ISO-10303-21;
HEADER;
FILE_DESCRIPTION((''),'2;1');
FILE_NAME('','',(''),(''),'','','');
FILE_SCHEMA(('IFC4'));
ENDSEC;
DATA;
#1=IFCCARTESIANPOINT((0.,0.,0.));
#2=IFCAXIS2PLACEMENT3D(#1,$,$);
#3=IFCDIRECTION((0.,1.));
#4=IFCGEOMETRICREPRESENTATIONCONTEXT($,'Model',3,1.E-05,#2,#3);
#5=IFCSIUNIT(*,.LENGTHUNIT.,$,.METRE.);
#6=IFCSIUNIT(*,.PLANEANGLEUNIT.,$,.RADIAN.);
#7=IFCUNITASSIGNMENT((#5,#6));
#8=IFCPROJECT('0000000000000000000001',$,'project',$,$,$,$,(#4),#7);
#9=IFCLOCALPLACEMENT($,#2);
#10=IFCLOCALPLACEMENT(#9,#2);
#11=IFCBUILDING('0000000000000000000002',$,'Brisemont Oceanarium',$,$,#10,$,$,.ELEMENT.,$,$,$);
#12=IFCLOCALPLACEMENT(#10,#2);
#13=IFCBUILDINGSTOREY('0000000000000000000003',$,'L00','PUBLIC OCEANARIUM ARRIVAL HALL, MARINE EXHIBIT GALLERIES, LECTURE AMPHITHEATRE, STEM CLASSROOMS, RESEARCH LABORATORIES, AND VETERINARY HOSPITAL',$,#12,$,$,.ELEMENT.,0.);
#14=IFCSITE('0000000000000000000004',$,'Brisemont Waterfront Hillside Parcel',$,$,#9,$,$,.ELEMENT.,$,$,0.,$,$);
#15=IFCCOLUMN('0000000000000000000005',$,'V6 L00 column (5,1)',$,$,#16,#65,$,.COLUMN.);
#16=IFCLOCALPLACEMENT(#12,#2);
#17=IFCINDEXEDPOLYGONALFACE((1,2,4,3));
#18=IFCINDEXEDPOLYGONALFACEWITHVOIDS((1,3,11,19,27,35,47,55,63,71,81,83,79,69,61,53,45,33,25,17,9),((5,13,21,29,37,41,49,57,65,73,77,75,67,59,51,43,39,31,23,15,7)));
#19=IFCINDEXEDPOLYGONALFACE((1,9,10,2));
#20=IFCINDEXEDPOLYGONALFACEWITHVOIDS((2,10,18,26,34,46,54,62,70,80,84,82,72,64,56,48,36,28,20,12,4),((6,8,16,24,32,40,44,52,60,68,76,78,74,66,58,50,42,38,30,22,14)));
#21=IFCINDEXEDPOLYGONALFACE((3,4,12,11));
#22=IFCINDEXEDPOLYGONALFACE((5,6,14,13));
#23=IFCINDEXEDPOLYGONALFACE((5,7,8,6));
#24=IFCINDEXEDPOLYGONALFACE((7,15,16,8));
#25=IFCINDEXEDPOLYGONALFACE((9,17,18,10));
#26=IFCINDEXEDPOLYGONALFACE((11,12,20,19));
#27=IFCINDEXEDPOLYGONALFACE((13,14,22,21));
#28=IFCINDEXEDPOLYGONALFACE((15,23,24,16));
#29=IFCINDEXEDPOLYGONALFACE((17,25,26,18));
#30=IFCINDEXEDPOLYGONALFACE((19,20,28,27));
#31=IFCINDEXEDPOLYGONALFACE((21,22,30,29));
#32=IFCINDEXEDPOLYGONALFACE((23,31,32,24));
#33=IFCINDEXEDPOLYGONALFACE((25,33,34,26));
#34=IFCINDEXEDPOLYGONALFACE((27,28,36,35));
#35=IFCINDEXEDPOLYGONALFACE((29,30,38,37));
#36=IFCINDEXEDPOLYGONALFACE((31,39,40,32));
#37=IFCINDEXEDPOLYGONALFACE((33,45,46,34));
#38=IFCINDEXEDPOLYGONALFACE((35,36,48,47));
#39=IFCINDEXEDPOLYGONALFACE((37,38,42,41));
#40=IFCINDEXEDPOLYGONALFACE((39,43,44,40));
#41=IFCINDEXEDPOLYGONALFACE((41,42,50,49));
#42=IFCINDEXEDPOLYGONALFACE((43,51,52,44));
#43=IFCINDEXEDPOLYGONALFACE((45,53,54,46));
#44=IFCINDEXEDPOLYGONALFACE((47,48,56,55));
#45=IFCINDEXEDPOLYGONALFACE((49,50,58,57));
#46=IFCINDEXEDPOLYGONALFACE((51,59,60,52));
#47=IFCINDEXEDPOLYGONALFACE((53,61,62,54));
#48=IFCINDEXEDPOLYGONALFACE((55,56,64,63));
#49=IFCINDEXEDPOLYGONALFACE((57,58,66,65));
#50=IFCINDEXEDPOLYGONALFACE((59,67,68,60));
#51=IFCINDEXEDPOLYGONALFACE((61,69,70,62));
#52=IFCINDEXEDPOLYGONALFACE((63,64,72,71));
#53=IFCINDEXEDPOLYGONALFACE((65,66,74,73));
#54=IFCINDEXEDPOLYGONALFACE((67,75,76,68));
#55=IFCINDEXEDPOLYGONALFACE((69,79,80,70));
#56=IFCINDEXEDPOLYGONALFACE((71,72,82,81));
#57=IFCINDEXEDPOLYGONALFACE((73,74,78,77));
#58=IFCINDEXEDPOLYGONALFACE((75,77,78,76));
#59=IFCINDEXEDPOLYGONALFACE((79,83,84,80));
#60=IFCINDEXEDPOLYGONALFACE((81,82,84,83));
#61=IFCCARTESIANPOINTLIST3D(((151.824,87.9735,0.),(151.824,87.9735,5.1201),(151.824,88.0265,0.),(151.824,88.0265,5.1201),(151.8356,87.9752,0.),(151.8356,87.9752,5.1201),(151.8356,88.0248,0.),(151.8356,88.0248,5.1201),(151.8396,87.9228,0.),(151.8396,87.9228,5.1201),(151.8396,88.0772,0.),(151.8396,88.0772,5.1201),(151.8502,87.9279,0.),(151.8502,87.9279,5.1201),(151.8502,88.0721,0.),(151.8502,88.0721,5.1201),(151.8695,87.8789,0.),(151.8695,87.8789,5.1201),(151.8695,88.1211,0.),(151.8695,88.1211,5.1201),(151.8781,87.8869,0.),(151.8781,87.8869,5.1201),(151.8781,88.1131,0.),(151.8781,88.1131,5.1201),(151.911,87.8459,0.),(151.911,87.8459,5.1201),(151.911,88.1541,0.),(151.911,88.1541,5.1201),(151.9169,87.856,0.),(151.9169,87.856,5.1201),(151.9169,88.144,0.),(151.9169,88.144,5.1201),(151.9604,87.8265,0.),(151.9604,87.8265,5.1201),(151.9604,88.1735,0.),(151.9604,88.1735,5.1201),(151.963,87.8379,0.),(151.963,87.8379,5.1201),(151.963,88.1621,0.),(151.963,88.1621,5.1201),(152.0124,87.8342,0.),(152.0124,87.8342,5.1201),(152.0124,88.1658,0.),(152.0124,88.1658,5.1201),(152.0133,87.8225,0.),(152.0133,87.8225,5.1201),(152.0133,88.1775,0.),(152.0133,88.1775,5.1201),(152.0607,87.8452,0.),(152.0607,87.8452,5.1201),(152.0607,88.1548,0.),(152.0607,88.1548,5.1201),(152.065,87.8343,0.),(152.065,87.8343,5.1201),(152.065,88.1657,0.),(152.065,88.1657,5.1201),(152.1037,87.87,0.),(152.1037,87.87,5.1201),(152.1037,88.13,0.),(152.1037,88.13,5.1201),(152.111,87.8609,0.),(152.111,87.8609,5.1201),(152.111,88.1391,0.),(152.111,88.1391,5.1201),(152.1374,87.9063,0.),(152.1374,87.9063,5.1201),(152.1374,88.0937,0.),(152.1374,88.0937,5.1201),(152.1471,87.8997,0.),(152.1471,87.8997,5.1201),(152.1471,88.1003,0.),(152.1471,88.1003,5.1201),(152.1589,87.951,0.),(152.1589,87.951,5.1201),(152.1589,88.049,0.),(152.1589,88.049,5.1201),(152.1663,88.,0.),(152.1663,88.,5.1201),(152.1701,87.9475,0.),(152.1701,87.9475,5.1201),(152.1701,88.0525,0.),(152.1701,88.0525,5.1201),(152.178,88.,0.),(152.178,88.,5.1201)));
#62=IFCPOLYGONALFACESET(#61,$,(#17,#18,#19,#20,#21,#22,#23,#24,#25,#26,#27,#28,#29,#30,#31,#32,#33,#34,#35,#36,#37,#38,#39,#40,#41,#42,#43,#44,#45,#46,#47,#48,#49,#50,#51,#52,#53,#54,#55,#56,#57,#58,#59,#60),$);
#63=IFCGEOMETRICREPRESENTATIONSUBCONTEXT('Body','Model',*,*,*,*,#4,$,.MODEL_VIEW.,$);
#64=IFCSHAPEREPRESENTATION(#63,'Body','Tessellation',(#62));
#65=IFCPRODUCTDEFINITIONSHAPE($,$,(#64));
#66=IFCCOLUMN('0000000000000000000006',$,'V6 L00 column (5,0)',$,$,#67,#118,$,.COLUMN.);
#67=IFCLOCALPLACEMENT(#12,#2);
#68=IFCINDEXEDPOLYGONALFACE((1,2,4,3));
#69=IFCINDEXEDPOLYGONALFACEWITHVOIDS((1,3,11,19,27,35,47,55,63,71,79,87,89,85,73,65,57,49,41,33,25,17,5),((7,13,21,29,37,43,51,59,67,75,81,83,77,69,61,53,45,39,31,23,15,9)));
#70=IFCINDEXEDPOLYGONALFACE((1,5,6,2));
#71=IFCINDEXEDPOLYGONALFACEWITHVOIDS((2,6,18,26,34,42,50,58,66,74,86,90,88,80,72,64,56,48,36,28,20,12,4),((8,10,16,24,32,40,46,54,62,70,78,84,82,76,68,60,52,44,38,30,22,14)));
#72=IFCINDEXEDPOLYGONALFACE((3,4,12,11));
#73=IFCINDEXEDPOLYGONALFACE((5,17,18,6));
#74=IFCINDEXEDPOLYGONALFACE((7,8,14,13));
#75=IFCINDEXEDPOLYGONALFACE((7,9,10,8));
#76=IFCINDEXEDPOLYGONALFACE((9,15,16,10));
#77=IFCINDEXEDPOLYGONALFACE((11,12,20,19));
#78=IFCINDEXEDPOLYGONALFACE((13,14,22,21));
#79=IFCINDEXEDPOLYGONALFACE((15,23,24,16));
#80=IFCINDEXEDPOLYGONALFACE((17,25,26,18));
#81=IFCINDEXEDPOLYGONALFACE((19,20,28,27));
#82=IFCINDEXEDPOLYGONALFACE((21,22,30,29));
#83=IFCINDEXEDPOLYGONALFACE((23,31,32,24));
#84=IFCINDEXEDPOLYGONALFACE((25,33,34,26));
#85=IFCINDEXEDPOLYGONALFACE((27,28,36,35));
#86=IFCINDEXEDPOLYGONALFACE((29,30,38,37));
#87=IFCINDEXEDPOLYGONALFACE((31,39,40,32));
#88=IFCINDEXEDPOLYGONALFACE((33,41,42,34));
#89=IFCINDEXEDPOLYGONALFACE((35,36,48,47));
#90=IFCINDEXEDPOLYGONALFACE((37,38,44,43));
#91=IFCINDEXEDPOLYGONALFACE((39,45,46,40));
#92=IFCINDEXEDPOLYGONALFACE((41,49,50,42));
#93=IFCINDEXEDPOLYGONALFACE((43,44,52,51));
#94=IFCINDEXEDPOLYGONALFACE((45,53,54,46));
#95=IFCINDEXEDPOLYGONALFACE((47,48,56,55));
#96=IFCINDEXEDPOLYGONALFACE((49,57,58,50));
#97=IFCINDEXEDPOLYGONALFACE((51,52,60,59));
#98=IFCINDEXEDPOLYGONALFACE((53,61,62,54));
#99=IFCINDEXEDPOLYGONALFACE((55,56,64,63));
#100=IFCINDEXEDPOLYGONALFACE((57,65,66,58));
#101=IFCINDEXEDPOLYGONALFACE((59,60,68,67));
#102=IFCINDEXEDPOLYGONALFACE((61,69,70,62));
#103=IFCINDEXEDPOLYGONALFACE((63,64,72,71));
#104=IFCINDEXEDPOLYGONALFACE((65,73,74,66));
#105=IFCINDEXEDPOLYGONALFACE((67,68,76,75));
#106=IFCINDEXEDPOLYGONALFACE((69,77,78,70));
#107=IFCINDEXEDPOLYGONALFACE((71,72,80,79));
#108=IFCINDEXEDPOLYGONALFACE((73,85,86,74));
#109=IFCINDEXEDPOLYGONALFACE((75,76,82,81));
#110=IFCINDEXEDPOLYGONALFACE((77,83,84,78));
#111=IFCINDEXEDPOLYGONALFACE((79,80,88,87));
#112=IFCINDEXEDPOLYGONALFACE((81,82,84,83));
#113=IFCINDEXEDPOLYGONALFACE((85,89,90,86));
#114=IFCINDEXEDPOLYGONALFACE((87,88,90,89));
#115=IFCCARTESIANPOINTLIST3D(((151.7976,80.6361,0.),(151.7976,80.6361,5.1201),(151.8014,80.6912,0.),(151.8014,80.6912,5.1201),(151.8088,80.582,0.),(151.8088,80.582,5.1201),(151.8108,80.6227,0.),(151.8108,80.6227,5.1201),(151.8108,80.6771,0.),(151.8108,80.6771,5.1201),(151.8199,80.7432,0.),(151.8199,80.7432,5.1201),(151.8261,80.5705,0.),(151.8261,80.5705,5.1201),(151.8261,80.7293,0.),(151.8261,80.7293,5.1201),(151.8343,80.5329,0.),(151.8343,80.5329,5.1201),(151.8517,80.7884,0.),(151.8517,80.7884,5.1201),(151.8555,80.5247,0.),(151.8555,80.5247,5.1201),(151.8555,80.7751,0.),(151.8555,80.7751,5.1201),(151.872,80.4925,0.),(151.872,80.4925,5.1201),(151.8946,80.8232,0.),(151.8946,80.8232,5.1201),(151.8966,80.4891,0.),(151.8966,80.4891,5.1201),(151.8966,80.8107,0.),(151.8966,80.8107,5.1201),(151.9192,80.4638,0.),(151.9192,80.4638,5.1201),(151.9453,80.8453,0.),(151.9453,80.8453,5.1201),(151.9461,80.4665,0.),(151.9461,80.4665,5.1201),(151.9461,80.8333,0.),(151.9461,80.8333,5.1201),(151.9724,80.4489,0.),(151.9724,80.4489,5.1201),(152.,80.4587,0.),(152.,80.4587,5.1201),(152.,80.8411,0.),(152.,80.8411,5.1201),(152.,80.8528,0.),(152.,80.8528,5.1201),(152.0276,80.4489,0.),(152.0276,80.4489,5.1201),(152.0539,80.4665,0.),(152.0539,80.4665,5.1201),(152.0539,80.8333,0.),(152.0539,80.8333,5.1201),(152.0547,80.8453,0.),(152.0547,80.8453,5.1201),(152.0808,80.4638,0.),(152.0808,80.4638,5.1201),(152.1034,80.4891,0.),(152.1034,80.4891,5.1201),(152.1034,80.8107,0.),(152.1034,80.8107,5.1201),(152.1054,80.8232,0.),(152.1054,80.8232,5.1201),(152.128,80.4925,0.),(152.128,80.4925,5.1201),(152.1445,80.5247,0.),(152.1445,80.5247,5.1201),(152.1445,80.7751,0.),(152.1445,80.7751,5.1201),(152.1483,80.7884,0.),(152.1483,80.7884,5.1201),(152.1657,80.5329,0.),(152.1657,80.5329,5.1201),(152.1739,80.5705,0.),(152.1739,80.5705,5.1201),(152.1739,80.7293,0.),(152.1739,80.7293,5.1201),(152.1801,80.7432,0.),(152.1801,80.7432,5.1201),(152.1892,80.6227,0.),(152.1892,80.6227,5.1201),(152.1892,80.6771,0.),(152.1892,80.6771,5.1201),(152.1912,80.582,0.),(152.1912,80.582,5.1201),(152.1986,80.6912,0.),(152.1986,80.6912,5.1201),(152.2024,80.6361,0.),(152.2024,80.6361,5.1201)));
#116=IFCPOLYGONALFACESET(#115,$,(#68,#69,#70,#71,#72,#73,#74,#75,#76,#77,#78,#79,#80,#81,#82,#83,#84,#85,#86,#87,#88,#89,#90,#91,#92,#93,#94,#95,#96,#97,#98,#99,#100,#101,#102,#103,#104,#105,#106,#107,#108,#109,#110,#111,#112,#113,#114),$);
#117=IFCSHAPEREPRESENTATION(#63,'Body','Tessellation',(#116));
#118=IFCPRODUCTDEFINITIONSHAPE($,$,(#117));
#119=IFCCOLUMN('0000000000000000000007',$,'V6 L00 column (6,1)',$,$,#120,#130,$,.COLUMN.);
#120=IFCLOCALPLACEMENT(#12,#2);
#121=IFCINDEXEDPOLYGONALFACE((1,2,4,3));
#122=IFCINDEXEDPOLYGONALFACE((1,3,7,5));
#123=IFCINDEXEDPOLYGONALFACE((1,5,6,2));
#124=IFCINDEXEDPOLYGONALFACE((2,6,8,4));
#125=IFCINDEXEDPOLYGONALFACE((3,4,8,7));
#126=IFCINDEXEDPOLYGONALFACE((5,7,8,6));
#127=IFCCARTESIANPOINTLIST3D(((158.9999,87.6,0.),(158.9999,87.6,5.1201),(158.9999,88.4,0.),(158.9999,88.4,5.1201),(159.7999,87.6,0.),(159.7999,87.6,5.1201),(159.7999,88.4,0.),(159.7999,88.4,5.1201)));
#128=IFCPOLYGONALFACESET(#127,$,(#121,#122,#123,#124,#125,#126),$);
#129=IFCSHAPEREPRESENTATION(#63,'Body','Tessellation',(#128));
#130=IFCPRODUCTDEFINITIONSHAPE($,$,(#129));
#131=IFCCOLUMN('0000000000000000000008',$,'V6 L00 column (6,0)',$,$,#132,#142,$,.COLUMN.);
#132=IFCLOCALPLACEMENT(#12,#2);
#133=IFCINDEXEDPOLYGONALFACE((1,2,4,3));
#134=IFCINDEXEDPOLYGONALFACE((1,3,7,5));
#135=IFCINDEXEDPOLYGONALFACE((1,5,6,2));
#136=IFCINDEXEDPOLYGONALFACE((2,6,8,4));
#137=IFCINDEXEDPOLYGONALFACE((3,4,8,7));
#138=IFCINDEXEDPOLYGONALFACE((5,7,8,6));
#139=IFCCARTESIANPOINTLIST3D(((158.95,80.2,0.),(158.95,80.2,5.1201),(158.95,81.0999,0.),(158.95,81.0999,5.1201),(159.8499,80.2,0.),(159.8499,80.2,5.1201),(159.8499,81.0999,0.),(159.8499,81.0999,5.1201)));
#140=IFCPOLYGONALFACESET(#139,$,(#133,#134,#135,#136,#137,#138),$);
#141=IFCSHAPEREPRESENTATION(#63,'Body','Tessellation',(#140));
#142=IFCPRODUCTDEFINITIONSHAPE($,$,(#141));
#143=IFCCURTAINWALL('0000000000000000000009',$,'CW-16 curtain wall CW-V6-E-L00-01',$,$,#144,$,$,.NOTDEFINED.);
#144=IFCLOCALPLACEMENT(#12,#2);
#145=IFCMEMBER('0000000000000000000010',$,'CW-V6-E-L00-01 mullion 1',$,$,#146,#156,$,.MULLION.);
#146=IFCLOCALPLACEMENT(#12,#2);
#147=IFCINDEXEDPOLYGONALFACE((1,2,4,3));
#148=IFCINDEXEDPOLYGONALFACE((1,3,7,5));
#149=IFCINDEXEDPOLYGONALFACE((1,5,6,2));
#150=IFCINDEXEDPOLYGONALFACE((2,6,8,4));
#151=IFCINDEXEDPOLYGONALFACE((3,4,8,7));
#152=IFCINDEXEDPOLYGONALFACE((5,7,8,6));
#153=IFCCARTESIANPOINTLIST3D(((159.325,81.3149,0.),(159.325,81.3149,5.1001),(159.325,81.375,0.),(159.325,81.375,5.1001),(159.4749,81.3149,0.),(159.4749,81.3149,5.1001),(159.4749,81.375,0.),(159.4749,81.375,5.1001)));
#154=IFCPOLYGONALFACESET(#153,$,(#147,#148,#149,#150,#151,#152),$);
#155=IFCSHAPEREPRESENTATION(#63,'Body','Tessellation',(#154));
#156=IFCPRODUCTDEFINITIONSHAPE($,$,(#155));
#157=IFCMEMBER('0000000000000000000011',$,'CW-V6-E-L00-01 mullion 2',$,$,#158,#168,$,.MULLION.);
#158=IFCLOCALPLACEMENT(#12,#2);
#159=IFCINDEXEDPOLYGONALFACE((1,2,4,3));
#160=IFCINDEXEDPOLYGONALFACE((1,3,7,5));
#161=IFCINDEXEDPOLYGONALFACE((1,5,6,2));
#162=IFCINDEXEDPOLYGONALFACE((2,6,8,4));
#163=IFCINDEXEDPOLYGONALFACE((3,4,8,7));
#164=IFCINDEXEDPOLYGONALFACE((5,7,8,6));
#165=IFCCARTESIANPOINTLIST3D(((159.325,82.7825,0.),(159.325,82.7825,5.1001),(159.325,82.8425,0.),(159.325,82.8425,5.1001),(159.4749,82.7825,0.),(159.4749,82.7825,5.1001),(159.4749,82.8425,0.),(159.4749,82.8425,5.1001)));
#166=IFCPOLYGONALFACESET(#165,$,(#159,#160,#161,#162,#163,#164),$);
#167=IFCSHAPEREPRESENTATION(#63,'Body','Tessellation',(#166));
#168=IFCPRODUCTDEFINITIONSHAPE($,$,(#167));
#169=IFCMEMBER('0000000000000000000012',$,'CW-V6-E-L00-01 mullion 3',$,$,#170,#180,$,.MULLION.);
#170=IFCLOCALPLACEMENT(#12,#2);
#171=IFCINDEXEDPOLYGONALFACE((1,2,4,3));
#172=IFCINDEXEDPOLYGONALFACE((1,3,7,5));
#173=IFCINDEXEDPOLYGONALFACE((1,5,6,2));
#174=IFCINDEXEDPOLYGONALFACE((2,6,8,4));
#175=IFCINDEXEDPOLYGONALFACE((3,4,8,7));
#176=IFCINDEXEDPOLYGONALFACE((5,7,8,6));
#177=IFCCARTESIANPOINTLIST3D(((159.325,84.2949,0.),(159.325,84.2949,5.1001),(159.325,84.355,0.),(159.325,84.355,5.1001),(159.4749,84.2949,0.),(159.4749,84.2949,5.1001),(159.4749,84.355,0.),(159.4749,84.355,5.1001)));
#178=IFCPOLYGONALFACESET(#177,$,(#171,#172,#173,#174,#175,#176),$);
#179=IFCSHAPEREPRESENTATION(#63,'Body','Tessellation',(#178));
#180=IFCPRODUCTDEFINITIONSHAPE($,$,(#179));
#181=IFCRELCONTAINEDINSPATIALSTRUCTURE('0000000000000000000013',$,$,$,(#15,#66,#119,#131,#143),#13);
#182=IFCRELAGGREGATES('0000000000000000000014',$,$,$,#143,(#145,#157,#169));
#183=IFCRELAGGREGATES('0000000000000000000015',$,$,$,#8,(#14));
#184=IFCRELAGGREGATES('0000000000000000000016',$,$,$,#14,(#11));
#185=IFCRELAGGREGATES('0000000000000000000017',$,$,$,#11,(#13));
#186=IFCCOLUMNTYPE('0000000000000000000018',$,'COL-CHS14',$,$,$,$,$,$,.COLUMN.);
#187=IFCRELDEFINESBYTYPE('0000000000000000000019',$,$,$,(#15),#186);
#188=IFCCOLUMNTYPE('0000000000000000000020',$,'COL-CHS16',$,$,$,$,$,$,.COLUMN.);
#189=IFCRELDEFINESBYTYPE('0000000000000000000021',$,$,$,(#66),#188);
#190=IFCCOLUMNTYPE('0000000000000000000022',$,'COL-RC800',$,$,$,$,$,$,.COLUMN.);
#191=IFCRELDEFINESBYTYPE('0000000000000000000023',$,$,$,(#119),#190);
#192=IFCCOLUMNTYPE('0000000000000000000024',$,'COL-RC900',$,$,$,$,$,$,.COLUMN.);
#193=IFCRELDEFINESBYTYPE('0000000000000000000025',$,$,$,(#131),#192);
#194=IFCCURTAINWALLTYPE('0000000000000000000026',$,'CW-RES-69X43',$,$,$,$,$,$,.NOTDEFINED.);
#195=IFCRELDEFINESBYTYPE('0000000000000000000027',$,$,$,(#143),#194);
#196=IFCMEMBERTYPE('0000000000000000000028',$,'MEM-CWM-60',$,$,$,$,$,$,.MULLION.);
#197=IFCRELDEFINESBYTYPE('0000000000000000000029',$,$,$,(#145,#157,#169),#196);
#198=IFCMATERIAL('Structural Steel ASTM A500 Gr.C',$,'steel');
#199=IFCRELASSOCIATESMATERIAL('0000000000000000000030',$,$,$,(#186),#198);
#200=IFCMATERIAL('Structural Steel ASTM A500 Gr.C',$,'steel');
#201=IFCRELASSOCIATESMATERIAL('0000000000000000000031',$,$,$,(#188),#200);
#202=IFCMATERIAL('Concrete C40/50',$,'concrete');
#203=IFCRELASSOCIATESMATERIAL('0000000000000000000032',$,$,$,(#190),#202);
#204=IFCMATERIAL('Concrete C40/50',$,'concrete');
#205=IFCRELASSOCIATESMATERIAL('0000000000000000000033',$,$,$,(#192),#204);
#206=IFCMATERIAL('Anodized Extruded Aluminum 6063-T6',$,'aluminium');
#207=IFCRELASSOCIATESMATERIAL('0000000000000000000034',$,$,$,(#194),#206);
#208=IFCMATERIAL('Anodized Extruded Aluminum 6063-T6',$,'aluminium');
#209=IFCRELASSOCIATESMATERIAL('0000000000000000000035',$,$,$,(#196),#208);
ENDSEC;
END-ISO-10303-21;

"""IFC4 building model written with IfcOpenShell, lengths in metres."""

from ifc_helpers import new_model, si_unit, direction, frame, origin, origin_2d, place, context, subcontext, project, spatial, rectangle, hollow_circle, extrude, material, material_profile, profile_set, type_object, element, aggregate, save


model = new_model("IFC4")

# Units and contexts
model_context = context("Model", 3, precision=1e-05, world=origin(), true_north=direction((0.0, 1.0)))
body_context = subcontext(model_context, "Body", "Model", "MODEL_VIEW")
ifc_project = project(units=[si_unit("LENGTHUNIT", "METRE"), si_unit("PLANEANGLEUNIT", "RADIAN")], contexts=[model_context])

# Site, building, storey
site_placement = place(None, origin())
site = spatial("IfcSite", under=ifc_project, at=site_placement, Name="Brisemont Waterfront Hillside Parcel", CompositionType="ELEMENT", RefElevation=0.0)
building_placement = place(site_placement, origin())
building = spatial("IfcBuilding", under=site, at=building_placement, Name="Brisemont Oceanarium", CompositionType="ELEMENT")
storey_placement = place(building_placement, origin())
storey = spatial("IfcBuildingStorey", under=building, at=storey_placement, Name="L00", Description="PUBLIC OCEANARIUM ARRIVAL HALL, MARINE EXHIBIT GALLERIES, LECTURE AMPHITHEATRE, STEM CLASSROOMS, RESEARCH LABORATORIES, AND VETERINARY HOSPITAL", CompositionType="ELEMENT", Elevation=0.0)

# Columns
ifc_material_1 = material(Name="Structural Steel ASTM A500 Gr.C", Category="steel")
ifc_material_profile_1 = material_profile(ifc_material_1, hollow_circle(Radius=0.178, WallThickness=0.0117, at=origin_2d()), Name="HSS14.000X0.500")
ifc_profile_set_1 = profile_set([ifc_material_profile_1], Name="Structural Steel ASTM A500 Gr.C")
column_type_1 = type_object("IfcColumnType", Name="COL-CHS14", PredefinedType="COLUMN", material=ifc_profile_set_1)
column_1_placement = place(storey_placement, frame((152.0, 88.0, 0.0), z_axis=(0.0, 0.0, 1.0), x_axis=(1.0, 0.0, 0.0)))
element("IfcColumn", 1, at=column_1_placement, inside=storey, type_object=column_type_1, Name="V6 L00 column (5,1)", PredefinedType="COLUMN", context=body_context, shape_type="SweptSolid", body=[
    extrude(hollow_circle(Radius=0.178, WallThickness=0.0117, at=origin_2d()), origin(), (0.0, 0.0, 1.0), 5.1201),
])
ifc_material_2 = material(Name="Structural Steel ASTM A500 Gr.C", Category="steel")
ifc_material_profile_2 = material_profile(ifc_material_2, hollow_circle(Radius=0.2029, WallThickness=0.0117, at=origin_2d()), Name="HSS16.000X0.500")
ifc_profile_set_2 = profile_set([ifc_material_profile_2], Name="Structural Steel ASTM A500 Gr.C")
column_type_2 = type_object("IfcColumnType", Name="COL-CHS16", PredefinedType="COLUMN", material=ifc_profile_set_2)
column_2_placement = place(storey_placement, frame((152.0, 80.6499, 0.0), z_axis=(0.0, 0.0, 1.0), x_axis=(0.0, 1.0, 0.0)))
element("IfcColumn", 2, at=column_2_placement, inside=storey, type_object=column_type_2, Name="V6 L00 column (5,0)", PredefinedType="COLUMN", context=body_context, shape_type="SweptSolid", body=[
    extrude(hollow_circle(Radius=0.2029, WallThickness=0.0117, at=origin_2d()), origin(), (0.0, 0.0, 1.0), 5.1201),
])
ifc_material_3 = material(Name="Concrete C40/50", Category="concrete")
ifc_material_profile_3 = material_profile(ifc_material_3, rectangle(XDim=0.8, YDim=0.8, at=origin_2d()), Name="RC-COL-800X800")
ifc_profile_set_3 = profile_set([ifc_material_profile_3], Name="Concrete C40/50")
column_type_3 = type_object("IfcColumnType", Name="COL-RC800", PredefinedType="COLUMN", material=ifc_profile_set_3)
column_3_placement = place(storey_placement, frame((159.3999, 88.0, 0.0), z_axis=(0.0, 0.0, 1.0), x_axis=(0.0, 1.0, 0.0)))
element("IfcColumn", 3, at=column_3_placement, inside=storey, type_object=column_type_3, Name="V6 L00 column (6,1)", PredefinedType="COLUMN", context=body_context, shape_type="SweptSolid", body=[
    extrude(rectangle(XDim=0.8, YDim=0.8, at=origin_2d()), origin(), (0.0, 0.0, 1.0), 5.1201),
])
ifc_material_4 = material(Name="Concrete C40/50", Category="concrete")
ifc_material_profile_4 = material_profile(ifc_material_4, rectangle(XDim=0.8999, YDim=0.8999, at=origin_2d()), Name="RC-COL-900X900")
ifc_profile_set_4 = profile_set([ifc_material_profile_4], Name="Concrete C40/50")
column_type_4 = type_object("IfcColumnType", Name="COL-RC900", PredefinedType="COLUMN", material=ifc_profile_set_4)
column_4_placement = place(storey_placement, frame((159.3999, 80.6499, 0.0), z_axis=(0.0, 0.0, 1.0), x_axis=(1.0, 0.0, 0.0)))
element("IfcColumn", 4, at=column_4_placement, inside=storey, type_object=column_type_4, Name="V6 L00 column (6,0)", PredefinedType="COLUMN", context=body_context, shape_type="SweptSolid", body=[
    extrude(rectangle(XDim=0.8999, YDim=0.8999, at=origin_2d()), origin(), (0.0, 0.0, 1.0), 5.1201),
])

# Curtain wall, members
ifc_material_5 = material(Name="Anodized Extruded Aluminum 6063-T6", Category="aluminium")
curtain_wall_type = type_object("IfcCurtainWallType", Name="CW-RES-69X43", PredefinedType="NOTDEFINED", material=ifc_material_5)
curtain_wall_1_placement = place(storey_placement, origin())
curtain_wall_1 = element("IfcCurtainWall", 5, at=curtain_wall_1_placement, inside=storey, type_object=curtain_wall_type, Name="CW-16 curtain wall CW-V6-E-L00-01", PredefinedType="NOTDEFINED")
ifc_material_6 = material(Name="Anodized Extruded Aluminum 6063-T6", Category="aluminium")
ifc_material_profile_5 = material_profile(ifc_material_6, rectangle(XDim=0.0601, YDim=0.1499, at=origin_2d()), Name="CWM-60X150")
ifc_profile_set_5 = profile_set([ifc_material_profile_5], Name="Anodized Extruded Aluminum 6063-T6")
member_type_1 = type_object("IfcMemberType", Name="MEM-CWM-60", PredefinedType="MULLION", material=ifc_profile_set_5)
member_1_placement = place(storey_placement, frame((159.3999, 81.345, 0.0), z_axis=(0.0, 0.0, 1.0), x_axis=(0.0, 1.0, 0.0)))
member_1 = element("IfcMember", 6, at=member_1_placement, type_object=member_type_1, Name="CW-V6-E-L00-01 mullion 1", PredefinedType="MULLION", context=body_context, shape_type="SweptSolid", body=[
    extrude(rectangle(XDim=0.0601, YDim=0.1499, at=origin_2d()), origin(), (0.0, 0.0, 1.0), 5.1001),
])
member_2_placement = place(storey_placement, frame((159.3999, 82.8125, 0.0), z_axis=(0.0, 0.0, 1.0), x_axis=(0.0, 1.0, 0.0)))
member_2 = element("IfcMember", 7, at=member_2_placement, type_object=member_type_1, Name="CW-V6-E-L00-01 mullion 2", PredefinedType="MULLION", context=body_context, shape_type="SweptSolid", body=[
    extrude(rectangle(XDim=0.0601, YDim=0.1499, at=origin_2d()), origin(), (0.0, 0.0, 1.0), 5.1001),
])
member_3_placement = place(storey_placement, frame((159.3999, 84.325, 0.0), z_axis=(0.0, 0.0, 1.0), x_axis=(0.0, 1.0, 0.0)))
member_3 = element("IfcMember", 8, at=member_3_placement, type_object=member_type_1, Name="CW-V6-E-L00-01 mullion 3", PredefinedType="MULLION", context=body_context, shape_type="SweptSolid", body=[
    extrude(rectangle(XDim=0.0601, YDim=0.1499, at=origin_2d()), origin(), (0.0, 0.0, 1.0), 5.1001),
])

aggregate(curtain_wall_1, [member_1, member_2, member_3])

save(model, "model.ifc")
